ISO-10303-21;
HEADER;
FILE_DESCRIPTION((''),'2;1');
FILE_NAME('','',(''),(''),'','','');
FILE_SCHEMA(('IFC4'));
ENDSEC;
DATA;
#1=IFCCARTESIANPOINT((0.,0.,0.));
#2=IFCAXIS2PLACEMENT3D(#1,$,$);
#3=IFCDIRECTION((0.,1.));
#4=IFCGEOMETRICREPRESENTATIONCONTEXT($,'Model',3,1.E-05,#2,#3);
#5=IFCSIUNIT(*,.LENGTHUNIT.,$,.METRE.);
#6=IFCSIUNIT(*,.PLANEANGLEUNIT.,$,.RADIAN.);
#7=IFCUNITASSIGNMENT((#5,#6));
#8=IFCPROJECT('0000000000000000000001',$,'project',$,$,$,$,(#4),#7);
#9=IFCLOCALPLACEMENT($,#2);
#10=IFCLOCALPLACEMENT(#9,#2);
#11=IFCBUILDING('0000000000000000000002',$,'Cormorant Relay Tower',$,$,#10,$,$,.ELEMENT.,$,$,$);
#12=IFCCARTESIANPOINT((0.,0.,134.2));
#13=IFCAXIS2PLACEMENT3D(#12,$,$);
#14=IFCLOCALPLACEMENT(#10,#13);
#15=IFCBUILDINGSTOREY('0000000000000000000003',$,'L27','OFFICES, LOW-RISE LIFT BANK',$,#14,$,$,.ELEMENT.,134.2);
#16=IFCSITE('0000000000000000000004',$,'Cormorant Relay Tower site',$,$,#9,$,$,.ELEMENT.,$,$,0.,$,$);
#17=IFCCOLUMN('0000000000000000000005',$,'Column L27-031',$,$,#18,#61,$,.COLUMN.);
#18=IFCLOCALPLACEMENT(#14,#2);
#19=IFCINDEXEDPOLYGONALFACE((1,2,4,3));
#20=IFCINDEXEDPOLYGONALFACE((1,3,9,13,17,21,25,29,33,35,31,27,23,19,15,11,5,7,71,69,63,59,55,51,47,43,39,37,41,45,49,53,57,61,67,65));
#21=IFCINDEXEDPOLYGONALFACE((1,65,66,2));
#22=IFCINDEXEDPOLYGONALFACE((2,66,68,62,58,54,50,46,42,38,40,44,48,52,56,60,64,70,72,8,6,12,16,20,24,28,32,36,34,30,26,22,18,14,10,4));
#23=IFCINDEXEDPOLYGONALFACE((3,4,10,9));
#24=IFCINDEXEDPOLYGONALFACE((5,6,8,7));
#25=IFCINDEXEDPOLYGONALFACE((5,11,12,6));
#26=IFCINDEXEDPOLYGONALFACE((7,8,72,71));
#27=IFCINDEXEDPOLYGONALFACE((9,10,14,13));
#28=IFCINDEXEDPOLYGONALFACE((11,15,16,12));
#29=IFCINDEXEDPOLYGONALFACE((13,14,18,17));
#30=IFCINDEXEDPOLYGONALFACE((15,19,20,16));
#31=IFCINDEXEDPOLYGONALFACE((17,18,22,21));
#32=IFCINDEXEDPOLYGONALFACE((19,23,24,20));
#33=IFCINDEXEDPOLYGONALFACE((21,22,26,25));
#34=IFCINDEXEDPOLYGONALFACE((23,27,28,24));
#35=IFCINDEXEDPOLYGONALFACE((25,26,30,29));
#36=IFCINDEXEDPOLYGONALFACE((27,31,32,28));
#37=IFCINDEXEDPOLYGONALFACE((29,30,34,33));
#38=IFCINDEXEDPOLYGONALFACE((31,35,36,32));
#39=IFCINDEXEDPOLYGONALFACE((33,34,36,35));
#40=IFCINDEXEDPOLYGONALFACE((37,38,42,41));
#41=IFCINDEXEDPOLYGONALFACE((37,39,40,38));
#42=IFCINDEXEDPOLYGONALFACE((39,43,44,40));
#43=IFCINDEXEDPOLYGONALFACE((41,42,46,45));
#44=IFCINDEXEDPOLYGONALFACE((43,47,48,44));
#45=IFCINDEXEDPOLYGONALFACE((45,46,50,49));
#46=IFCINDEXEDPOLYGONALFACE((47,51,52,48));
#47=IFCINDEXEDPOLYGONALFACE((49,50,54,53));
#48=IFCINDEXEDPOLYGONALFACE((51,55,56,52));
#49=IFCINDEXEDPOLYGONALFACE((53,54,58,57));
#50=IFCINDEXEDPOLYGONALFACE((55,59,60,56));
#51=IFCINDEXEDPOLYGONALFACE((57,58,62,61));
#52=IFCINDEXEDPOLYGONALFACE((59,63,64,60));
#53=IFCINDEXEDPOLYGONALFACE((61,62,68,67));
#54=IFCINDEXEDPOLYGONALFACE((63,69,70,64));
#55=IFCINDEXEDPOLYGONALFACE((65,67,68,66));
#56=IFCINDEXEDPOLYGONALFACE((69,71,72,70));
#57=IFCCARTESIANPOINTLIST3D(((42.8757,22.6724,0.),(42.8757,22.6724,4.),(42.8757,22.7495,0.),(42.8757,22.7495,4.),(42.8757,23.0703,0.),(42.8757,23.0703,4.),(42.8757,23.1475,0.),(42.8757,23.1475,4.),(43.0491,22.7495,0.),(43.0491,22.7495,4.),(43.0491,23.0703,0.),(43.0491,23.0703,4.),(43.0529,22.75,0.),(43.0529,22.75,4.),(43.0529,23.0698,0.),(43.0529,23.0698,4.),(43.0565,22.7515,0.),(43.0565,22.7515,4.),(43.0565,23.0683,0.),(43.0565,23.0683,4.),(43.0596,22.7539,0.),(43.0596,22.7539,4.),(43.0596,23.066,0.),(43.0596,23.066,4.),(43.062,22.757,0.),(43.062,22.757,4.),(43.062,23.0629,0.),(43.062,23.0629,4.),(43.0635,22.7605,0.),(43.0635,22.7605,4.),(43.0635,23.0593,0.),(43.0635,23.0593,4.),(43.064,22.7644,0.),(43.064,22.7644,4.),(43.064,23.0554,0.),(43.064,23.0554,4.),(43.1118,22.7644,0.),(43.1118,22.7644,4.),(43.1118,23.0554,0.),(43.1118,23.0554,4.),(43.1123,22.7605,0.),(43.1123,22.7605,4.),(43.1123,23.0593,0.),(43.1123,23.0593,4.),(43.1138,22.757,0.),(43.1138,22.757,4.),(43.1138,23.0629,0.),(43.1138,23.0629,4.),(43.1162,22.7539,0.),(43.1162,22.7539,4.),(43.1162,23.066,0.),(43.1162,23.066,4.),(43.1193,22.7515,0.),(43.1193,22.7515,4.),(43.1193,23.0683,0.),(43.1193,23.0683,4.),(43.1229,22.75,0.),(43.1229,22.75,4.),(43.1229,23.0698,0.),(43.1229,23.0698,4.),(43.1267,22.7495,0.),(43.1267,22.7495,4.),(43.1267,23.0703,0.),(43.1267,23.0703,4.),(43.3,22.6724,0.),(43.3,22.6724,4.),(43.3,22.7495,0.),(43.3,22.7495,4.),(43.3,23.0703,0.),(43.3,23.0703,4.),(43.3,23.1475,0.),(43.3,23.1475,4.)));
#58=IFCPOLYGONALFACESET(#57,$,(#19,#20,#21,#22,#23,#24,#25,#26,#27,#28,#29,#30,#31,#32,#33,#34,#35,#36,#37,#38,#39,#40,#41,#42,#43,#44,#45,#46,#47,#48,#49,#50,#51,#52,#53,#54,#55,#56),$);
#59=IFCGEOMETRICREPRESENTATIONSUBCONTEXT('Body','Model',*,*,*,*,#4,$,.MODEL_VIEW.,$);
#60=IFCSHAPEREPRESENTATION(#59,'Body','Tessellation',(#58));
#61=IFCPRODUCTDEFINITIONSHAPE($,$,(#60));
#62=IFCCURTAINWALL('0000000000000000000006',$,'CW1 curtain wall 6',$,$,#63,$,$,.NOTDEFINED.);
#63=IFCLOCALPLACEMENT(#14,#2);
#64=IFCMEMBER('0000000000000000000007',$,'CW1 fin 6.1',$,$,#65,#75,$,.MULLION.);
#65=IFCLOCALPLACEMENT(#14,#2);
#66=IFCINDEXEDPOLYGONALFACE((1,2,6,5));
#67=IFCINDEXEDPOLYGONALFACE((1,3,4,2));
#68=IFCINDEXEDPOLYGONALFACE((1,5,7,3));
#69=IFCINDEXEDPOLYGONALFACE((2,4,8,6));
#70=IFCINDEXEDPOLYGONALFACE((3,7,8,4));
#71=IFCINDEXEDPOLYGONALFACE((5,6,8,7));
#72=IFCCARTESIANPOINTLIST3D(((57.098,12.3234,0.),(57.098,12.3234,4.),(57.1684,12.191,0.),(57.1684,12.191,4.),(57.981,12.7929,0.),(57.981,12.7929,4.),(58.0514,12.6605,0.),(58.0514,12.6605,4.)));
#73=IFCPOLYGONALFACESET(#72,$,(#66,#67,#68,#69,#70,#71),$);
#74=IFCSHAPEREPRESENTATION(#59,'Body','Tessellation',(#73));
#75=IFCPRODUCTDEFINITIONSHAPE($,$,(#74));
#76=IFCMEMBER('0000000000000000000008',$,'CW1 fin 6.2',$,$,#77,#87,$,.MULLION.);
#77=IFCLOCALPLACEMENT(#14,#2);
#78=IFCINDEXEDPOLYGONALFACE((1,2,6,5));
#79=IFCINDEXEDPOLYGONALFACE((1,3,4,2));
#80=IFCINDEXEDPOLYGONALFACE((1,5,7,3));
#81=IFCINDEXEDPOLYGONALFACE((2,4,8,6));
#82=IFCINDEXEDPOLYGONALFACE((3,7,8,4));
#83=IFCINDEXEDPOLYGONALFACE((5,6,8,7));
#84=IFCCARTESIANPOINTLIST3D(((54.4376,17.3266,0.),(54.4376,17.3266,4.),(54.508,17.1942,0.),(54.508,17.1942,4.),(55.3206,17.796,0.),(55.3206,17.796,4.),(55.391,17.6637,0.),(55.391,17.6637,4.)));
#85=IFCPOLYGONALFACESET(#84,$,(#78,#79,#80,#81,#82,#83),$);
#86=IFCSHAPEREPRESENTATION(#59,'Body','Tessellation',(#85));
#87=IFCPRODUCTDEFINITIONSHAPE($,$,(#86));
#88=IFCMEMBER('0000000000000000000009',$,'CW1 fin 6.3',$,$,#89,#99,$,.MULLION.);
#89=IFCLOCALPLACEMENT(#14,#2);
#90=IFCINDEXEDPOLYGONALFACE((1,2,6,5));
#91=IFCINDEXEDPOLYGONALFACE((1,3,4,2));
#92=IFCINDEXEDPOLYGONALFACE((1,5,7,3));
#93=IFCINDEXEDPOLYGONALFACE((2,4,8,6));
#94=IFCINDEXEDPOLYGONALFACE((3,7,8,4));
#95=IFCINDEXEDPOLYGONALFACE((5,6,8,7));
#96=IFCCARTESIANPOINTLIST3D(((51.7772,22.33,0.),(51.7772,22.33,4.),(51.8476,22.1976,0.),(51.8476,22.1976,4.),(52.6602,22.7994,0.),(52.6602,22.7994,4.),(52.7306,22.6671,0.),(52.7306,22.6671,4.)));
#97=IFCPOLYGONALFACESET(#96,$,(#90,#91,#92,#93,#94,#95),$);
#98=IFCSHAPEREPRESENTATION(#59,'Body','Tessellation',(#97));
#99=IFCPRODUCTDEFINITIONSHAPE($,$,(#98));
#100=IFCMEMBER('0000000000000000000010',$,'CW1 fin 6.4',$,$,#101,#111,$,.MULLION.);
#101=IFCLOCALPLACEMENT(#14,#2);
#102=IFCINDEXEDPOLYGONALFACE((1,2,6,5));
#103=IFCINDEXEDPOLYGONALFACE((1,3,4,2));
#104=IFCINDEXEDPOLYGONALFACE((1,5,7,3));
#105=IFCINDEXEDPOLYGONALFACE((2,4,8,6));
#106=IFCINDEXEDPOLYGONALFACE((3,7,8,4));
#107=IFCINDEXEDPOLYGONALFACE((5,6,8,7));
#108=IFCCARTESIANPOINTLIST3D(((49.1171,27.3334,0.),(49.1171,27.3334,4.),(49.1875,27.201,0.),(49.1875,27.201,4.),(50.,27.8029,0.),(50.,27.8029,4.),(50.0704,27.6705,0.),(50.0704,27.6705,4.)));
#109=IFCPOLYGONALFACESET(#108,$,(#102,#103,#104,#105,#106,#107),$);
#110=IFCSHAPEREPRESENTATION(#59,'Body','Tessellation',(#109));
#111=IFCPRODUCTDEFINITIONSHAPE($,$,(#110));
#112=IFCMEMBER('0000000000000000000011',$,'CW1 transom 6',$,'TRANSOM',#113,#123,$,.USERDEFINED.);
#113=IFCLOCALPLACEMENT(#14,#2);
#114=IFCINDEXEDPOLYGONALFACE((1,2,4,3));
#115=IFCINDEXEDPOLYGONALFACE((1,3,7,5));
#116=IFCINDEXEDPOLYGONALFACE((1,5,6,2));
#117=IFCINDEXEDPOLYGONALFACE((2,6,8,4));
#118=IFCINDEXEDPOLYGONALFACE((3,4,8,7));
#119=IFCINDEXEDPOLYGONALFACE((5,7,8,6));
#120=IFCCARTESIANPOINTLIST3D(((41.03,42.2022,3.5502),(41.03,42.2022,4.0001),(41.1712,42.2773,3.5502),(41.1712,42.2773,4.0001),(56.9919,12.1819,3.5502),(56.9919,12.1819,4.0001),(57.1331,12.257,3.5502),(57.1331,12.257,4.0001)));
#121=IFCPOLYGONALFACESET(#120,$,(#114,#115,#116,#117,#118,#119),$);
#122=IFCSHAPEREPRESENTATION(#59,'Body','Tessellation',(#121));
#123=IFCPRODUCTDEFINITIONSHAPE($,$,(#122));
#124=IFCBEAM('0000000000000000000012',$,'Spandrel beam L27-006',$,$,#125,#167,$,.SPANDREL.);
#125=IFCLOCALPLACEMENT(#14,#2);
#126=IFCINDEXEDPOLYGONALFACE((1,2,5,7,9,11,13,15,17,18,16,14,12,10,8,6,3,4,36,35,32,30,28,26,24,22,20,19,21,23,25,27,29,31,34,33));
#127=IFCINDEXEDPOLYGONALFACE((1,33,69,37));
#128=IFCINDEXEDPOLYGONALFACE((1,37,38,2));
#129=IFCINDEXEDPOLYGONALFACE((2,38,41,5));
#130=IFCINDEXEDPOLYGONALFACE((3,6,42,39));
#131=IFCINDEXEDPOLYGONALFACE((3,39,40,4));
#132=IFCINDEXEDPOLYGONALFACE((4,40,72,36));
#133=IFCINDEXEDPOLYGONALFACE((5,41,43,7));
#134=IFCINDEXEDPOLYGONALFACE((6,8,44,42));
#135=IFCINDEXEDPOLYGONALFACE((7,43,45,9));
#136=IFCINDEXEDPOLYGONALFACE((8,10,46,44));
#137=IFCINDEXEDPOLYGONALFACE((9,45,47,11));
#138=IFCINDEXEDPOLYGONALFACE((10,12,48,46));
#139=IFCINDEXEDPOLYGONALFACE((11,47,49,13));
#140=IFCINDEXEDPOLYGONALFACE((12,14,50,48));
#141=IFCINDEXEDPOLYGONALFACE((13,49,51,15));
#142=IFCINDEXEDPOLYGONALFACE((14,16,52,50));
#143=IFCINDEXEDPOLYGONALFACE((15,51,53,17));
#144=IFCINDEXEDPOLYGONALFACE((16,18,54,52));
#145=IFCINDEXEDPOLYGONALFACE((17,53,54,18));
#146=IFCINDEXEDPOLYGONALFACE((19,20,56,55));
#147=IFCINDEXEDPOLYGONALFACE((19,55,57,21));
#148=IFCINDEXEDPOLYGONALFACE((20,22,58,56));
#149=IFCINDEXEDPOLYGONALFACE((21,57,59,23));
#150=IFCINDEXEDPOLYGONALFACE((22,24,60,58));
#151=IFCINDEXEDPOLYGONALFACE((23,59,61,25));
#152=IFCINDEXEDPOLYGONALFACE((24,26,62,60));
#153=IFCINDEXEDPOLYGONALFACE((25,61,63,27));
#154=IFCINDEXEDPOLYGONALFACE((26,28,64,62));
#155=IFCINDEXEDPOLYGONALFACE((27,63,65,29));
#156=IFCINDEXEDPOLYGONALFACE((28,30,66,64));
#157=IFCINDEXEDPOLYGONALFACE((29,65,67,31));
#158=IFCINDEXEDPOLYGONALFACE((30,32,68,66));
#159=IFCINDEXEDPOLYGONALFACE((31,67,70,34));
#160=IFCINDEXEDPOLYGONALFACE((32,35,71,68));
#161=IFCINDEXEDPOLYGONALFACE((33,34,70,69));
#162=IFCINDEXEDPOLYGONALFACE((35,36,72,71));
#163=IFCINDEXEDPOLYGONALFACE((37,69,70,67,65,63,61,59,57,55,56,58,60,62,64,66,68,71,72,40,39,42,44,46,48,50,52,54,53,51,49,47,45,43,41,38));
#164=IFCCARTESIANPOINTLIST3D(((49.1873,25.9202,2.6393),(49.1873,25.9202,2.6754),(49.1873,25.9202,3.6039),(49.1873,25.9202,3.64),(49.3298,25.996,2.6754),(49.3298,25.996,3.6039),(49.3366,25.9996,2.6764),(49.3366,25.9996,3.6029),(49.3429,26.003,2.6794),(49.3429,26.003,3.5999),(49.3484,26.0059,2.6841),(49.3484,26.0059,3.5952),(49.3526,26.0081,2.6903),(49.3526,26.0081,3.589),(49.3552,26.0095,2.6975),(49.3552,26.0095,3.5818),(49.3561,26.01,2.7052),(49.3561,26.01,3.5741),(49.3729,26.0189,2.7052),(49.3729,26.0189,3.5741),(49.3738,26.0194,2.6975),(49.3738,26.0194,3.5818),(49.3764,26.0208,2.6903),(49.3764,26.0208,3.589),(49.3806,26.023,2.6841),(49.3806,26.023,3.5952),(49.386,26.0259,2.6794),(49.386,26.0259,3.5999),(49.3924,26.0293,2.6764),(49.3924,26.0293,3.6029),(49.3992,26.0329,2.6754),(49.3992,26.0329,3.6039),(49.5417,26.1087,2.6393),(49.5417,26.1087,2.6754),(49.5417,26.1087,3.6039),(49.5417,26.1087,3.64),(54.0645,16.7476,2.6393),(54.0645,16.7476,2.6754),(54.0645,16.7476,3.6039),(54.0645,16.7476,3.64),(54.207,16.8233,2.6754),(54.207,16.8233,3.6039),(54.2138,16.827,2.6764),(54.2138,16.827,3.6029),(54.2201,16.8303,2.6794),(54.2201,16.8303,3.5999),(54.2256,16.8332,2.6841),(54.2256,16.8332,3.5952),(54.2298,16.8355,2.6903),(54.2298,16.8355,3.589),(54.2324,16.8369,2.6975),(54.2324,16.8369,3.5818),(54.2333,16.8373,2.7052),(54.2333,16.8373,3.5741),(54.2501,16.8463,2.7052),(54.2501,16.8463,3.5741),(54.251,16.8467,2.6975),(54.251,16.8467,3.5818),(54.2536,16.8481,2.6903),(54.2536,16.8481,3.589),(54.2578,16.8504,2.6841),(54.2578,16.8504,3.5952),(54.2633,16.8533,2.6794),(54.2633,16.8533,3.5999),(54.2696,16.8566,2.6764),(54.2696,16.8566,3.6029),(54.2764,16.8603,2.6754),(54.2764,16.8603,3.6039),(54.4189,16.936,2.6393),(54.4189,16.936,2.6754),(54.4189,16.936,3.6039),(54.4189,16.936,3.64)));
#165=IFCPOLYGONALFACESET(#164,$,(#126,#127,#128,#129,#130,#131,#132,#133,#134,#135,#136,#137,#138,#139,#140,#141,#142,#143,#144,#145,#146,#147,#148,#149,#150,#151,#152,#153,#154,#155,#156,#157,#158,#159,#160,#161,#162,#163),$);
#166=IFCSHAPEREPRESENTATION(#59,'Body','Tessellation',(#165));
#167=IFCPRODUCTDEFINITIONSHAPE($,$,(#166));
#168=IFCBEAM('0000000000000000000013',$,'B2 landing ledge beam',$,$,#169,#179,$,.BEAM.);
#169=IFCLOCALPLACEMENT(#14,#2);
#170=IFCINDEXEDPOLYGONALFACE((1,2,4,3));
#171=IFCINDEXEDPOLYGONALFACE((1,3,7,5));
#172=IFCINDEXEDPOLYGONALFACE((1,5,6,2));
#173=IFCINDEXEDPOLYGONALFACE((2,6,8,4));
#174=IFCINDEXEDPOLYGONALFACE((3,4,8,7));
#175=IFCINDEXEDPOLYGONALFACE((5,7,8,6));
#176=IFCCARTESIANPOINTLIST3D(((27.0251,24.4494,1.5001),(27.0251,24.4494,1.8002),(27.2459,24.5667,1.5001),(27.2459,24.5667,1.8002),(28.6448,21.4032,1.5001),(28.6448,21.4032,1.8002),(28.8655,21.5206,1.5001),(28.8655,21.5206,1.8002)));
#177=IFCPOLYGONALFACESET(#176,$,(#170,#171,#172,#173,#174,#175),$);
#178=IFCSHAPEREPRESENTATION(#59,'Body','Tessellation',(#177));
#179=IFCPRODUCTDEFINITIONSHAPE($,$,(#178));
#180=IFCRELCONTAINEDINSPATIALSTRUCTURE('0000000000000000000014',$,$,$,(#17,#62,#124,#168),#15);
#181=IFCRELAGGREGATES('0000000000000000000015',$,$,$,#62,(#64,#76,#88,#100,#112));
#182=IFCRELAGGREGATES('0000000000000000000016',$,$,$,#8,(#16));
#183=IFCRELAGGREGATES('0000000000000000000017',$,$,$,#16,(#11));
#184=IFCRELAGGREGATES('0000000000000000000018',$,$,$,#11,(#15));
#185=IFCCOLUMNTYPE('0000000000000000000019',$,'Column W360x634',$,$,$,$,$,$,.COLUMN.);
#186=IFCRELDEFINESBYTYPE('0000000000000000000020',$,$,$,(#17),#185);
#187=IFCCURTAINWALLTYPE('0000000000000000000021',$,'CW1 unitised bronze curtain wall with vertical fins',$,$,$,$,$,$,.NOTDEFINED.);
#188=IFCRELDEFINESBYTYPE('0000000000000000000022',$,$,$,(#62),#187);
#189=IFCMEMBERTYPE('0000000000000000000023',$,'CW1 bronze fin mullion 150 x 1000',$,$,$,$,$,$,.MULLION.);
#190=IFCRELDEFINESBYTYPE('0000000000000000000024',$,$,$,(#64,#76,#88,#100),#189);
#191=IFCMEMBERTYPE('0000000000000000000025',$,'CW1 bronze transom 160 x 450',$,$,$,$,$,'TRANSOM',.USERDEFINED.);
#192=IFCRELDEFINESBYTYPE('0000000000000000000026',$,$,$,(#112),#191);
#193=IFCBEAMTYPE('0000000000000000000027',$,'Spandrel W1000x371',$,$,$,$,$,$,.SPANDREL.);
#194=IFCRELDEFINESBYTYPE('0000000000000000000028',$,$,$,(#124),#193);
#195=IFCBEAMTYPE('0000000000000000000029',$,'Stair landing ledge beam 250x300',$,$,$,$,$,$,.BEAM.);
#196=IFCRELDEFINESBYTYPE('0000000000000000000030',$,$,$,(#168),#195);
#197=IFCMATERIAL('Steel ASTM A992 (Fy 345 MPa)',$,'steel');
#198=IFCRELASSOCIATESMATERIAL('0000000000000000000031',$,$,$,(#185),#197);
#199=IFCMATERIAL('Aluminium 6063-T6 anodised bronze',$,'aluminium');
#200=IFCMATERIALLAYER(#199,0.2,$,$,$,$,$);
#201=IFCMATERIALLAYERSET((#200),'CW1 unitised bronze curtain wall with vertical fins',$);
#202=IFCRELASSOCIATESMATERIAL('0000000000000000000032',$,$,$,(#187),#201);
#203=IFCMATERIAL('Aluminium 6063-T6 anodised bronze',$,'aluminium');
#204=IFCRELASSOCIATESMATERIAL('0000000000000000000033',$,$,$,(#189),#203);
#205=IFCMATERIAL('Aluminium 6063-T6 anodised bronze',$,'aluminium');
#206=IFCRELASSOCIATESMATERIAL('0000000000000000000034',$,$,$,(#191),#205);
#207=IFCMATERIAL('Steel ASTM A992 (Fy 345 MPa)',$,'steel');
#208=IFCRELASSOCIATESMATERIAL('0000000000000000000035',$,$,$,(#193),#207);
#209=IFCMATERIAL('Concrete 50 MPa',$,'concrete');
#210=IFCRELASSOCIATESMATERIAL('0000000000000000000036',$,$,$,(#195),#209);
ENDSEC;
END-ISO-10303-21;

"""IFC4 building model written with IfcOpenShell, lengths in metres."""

from ifc_helpers import new_model, si_unit, direction, frame, origin, origin_2d, place, context, subcontext, project, spatial, rectangle, i_section, extrude, material, layer, layer_set, material_profile, profile_set, type_object, element, aggregate, save


model = new_model("IFC4")

# Units and contexts
model_context = context("Model", 3, precision=1e-05, world=origin(), true_north=direction((0.0, 1.0)))
body_context = subcontext(model_context, "Body", "Model", "MODEL_VIEW")
ifc_project = project(units=[si_unit("LENGTHUNIT", "METRE"), si_unit("PLANEANGLEUNIT", "RADIAN")], contexts=[model_context])

# Site, building, storey
site_placement = place(None, origin())
site = spatial("IfcSite", under=ifc_project, at=site_placement, Name="Cormorant Relay Tower site", CompositionType="ELEMENT", RefElevation=0.0)
building_placement = place(site_placement, origin())
building = spatial("IfcBuilding", under=site, at=building_placement, Name="Cormorant Relay Tower", CompositionType="ELEMENT")
storey_placement = place(building_placement, frame((0.0, 0.0, 134.2)))
storey = spatial("IfcBuildingStorey", under=building, at=storey_placement, Name="L27", Description="OFFICES, LOW-RISE LIFT BANK", CompositionType="ELEMENT", Elevation=134.2)

# Column
ifc_material_1 = material(Name="Steel ASTM A992 (Fy 345 MPa)", Category="steel")
ifc_material_profile_1 = material_profile(ifc_material_1, i_section(OverallWidth=0.4243, OverallDepth=0.4751, WebThickness=0.0479, FlangeThickness=0.0771, FilletRadius=0.0149, at=origin_2d()), Name="W360x634")
ifc_profile_set_1 = profile_set([ifc_material_profile_1], Name="Steel ASTM A992 (Fy 345 MPa)")
column_type_1 = type_object("IfcColumnType", Name="Column W360x634", PredefinedType="COLUMN", material=ifc_profile_set_1)
for number, where, z_axis, x_axis, name in (
    (1, (43.0879, 22.9099, 0.0), (0.0, 0.0, 1.0), (1.0, 0.0, 0.0), "Column L27-031"),
):
    element("IfcColumn", number, at=place(storey_placement, frame(where, z_axis=z_axis, x_axis=x_axis)), inside=storey, type_object=column_type_1, Name=name, PredefinedType="COLUMN", context=body_context, shape_type="SweptSolid", body=[
        extrude(i_section(OverallWidth=0.4243, OverallDepth=0.4751, WebThickness=0.0479, FlangeThickness=0.0771, FilletRadius=0.0149, at=origin_2d()), origin(), (0.0, 0.0, 1.0), 4.0),
    ])

# Curtain wall, members
ifc_material_2 = material(Name="Aluminium 6063-T6 anodised bronze", Category="aluminium")
ifc_layer_1 = layer(ifc_material_2, 0.2)
ifc_layer_set_1 = layer_set([ifc_layer_1], Name="CW1 unitised bronze curtain wall with vertical fins")
curtain_wall_type = type_object("IfcCurtainWallType", Name="CW1 unitised bronze curtain wall with vertical fins", PredefinedType="NOTDEFINED", material=ifc_layer_set_1)
curtain_wall_placement = place(storey_placement, origin())
curtain_wall = element("IfcCurtainWall", 2, at=curtain_wall_placement, inside=storey, type_object=curtain_wall_type, Name="CW1 curtain wall 6", PredefinedType="NOTDEFINED")
ifc_material_3 = material(Name="Aluminium 6063-T6 anodised bronze", Category="aluminium")
ifc_material_profile_2 = material_profile(ifc_material_3, rectangle(XDim=0.1499, YDim=1.0, at=origin_2d()), Name="AL 150x1000")
ifc_profile_set_2 = profile_set([ifc_material_profile_2], Name="Aluminium 6063-T6 anodised bronze")
member_type_1 = type_object("IfcMemberType", Name="CW1 bronze fin mullion 150 x 1000", PredefinedType="MULLION", material=ifc_profile_set_2)
member_1_placement = place(storey_placement, frame((57.5747, 12.4919, 0.0), z_axis=(0.0, 0.0, 1.0), x_axis=(-0.469472, 0.882948, 0.0)))
member_1 = element("IfcMember", 3, at=member_1_placement, type_object=member_type_1, Name="CW1 fin 6.1", PredefinedType="MULLION", context=body_context, shape_type="SweptSolid", body=[
    extrude(rectangle(XDim=0.1499, YDim=1.0, at=origin_2d()), origin(), (0.0, 0.0, 1.0), 4.0),
])
member_2_placement = place(storey_placement, frame((54.9143, 17.4951, 0.0), z_axis=(0.0, 0.0, 1.0), x_axis=(-0.469472, 0.882948, 0.0)))
member_2 = element("IfcMember", 4, at=member_2_placement, type_object=member_type_1, Name="CW1 fin 6.2", PredefinedType="MULLION", context=body_context, shape_type="SweptSolid", body=[
    extrude(rectangle(XDim=0.1499, YDim=1.0, at=origin_2d()), origin(), (0.0, 0.0, 1.0), 4.0),
])
member_3_placement = place(storey_placement, frame((52.2539, 22.4985, 0.0), z_axis=(0.0, 0.0, 1.0), x_axis=(-0.469472, 0.882948, 0.0)))
member_3 = element("IfcMember", 5, at=member_3_placement, type_object=member_type_1, Name="CW1 fin 6.3", PredefinedType="MULLION", context=body_context, shape_type="SweptSolid", body=[
    extrude(rectangle(XDim=0.1499, YDim=1.0, at=origin_2d()), origin(), (0.0, 0.0, 1.0), 4.0),
])
member_4_placement = place(storey_placement, frame((49.5938, 27.502, 0.0), z_axis=(0.0, 0.0, 1.0), x_axis=(-0.469472, 0.882948, 0.0)))
member_4 = element("IfcMember", 6, at=member_4_placement, type_object=member_type_1, Name="CW1 fin 6.4", PredefinedType="MULLION", context=body_context, shape_type="SweptSolid", body=[
    extrude(rectangle(XDim=0.1499, YDim=1.0, at=origin_2d()), origin(), (0.0, 0.0, 1.0), 4.0),
])
ifc_material_4 = material(Name="Aluminium 6063-T6 anodised bronze", Category="aluminium")
ifc_material_profile_3 = material_profile(ifc_material_4, rectangle(XDim=0.1599, YDim=0.45, at=origin_2d()), Name="AL 160x450")
ifc_profile_set_3 = profile_set([ifc_material_profile_3], Name="Aluminium 6063-T6 anodised bronze")
member_type_2 = type_object("IfcMemberType", Name="CW1 bronze transom 160 x 450", ElementType="TRANSOM", PredefinedType="USERDEFINED", material=ifc_profile_set_3)
member_5_placement = place(storey_placement, frame((57.0625, 12.2195, 3.7751), z_axis=(-0.469468, 0.882949, 0.0), x_axis=(-0.882949, -0.469468, 0.0)))
member_5 = element("IfcMember", 7, at=member_5_placement, type_object=member_type_2, Name="CW1 transom 6", ObjectType="TRANSOM", PredefinedType="USERDEFINED", context=body_context, shape_type="SweptSolid", body=[
    extrude(rectangle(XDim=0.1599, YDim=0.45, at=origin_2d()), origin(), (0.0, 0.0, 1.0), 34.0),
])

# Beams
ifc_material_5 = material(Name="Steel ASTM A992 (Fy 345 MPa)", Category="steel")
ifc_material_profile_4 = material_profile(ifc_material_5, i_section(OverallWidth=0.4014, OverallDepth=1.0007, WebThickness=0.019, FlangeThickness=0.0361, FilletRadius=0.0298, at=origin_2d()), Name="W1000x371")
ifc_profile_set_4 = profile_set([ifc_material_profile_4], Name="Steel ASTM A992 (Fy 345 MPa)")
beam_type_1 = type_object("IfcBeamType", Name="Spandrel W1000x371", PredefinedType="SPANDREL", material=ifc_profile_set_4)
beam_1_placement = place(storey_placement, frame((54.2417, 16.8418, 3.1396), z_axis=(-0.469474, 0.882946, 0.0), x_axis=(-0.882946, -0.469474, 0.0)))
element("IfcBeam", 8, at=beam_1_placement, inside=storey, type_object=beam_type_1, Name="Spandrel beam L27-006", PredefinedType="SPANDREL", context=body_context, shape_type="SweptSolid", body=[
    extrude(i_section(OverallWidth=0.4014, OverallDepth=1.0007, WebThickness=0.019, FlangeThickness=0.0361, FilletRadius=0.0298, at=origin_2d()), origin(), (0.0, 0.0, 1.0), 10.3887),
])
ifc_material_6 = material(Name="Concrete 50 MPa", Category="concrete")
ifc_material_profile_5 = material_profile(ifc_material_6, rectangle(XDim=0.25, YDim=0.3, at=origin_2d()), Name="RC 250x300")
ifc_profile_set_5 = profile_set([ifc_material_profile_5], Name="Concrete 50 MPa")
beam_type_2 = type_object("IfcBeamType", Name="Stair landing ledge beam 250x300", PredefinedType="BEAM", material=ifc_profile_set_5)
beam_2_placement = place(storey_placement, frame((28.7551, 21.4619, 1.6501), z_axis=(-0.469464, 0.882952, 0.0), x_axis=(-0.882952, -0.469464, 0.0)))
element("IfcBeam", 9, at=beam_2_placement, inside=storey, type_object=beam_type_2, Name="B2 landing ledge beam", PredefinedType="BEAM", context=body_context, shape_type="SweptSolid", body=[
    extrude(rectangle(XDim=0.25, YDim=0.3, at=origin_2d()), origin(), (0.0, 0.0, 1.0), 3.45),
])

aggregate(curtain_wall, [member_1, member_2, member_3, member_4, member_5])

save(model, "model.ifc")
